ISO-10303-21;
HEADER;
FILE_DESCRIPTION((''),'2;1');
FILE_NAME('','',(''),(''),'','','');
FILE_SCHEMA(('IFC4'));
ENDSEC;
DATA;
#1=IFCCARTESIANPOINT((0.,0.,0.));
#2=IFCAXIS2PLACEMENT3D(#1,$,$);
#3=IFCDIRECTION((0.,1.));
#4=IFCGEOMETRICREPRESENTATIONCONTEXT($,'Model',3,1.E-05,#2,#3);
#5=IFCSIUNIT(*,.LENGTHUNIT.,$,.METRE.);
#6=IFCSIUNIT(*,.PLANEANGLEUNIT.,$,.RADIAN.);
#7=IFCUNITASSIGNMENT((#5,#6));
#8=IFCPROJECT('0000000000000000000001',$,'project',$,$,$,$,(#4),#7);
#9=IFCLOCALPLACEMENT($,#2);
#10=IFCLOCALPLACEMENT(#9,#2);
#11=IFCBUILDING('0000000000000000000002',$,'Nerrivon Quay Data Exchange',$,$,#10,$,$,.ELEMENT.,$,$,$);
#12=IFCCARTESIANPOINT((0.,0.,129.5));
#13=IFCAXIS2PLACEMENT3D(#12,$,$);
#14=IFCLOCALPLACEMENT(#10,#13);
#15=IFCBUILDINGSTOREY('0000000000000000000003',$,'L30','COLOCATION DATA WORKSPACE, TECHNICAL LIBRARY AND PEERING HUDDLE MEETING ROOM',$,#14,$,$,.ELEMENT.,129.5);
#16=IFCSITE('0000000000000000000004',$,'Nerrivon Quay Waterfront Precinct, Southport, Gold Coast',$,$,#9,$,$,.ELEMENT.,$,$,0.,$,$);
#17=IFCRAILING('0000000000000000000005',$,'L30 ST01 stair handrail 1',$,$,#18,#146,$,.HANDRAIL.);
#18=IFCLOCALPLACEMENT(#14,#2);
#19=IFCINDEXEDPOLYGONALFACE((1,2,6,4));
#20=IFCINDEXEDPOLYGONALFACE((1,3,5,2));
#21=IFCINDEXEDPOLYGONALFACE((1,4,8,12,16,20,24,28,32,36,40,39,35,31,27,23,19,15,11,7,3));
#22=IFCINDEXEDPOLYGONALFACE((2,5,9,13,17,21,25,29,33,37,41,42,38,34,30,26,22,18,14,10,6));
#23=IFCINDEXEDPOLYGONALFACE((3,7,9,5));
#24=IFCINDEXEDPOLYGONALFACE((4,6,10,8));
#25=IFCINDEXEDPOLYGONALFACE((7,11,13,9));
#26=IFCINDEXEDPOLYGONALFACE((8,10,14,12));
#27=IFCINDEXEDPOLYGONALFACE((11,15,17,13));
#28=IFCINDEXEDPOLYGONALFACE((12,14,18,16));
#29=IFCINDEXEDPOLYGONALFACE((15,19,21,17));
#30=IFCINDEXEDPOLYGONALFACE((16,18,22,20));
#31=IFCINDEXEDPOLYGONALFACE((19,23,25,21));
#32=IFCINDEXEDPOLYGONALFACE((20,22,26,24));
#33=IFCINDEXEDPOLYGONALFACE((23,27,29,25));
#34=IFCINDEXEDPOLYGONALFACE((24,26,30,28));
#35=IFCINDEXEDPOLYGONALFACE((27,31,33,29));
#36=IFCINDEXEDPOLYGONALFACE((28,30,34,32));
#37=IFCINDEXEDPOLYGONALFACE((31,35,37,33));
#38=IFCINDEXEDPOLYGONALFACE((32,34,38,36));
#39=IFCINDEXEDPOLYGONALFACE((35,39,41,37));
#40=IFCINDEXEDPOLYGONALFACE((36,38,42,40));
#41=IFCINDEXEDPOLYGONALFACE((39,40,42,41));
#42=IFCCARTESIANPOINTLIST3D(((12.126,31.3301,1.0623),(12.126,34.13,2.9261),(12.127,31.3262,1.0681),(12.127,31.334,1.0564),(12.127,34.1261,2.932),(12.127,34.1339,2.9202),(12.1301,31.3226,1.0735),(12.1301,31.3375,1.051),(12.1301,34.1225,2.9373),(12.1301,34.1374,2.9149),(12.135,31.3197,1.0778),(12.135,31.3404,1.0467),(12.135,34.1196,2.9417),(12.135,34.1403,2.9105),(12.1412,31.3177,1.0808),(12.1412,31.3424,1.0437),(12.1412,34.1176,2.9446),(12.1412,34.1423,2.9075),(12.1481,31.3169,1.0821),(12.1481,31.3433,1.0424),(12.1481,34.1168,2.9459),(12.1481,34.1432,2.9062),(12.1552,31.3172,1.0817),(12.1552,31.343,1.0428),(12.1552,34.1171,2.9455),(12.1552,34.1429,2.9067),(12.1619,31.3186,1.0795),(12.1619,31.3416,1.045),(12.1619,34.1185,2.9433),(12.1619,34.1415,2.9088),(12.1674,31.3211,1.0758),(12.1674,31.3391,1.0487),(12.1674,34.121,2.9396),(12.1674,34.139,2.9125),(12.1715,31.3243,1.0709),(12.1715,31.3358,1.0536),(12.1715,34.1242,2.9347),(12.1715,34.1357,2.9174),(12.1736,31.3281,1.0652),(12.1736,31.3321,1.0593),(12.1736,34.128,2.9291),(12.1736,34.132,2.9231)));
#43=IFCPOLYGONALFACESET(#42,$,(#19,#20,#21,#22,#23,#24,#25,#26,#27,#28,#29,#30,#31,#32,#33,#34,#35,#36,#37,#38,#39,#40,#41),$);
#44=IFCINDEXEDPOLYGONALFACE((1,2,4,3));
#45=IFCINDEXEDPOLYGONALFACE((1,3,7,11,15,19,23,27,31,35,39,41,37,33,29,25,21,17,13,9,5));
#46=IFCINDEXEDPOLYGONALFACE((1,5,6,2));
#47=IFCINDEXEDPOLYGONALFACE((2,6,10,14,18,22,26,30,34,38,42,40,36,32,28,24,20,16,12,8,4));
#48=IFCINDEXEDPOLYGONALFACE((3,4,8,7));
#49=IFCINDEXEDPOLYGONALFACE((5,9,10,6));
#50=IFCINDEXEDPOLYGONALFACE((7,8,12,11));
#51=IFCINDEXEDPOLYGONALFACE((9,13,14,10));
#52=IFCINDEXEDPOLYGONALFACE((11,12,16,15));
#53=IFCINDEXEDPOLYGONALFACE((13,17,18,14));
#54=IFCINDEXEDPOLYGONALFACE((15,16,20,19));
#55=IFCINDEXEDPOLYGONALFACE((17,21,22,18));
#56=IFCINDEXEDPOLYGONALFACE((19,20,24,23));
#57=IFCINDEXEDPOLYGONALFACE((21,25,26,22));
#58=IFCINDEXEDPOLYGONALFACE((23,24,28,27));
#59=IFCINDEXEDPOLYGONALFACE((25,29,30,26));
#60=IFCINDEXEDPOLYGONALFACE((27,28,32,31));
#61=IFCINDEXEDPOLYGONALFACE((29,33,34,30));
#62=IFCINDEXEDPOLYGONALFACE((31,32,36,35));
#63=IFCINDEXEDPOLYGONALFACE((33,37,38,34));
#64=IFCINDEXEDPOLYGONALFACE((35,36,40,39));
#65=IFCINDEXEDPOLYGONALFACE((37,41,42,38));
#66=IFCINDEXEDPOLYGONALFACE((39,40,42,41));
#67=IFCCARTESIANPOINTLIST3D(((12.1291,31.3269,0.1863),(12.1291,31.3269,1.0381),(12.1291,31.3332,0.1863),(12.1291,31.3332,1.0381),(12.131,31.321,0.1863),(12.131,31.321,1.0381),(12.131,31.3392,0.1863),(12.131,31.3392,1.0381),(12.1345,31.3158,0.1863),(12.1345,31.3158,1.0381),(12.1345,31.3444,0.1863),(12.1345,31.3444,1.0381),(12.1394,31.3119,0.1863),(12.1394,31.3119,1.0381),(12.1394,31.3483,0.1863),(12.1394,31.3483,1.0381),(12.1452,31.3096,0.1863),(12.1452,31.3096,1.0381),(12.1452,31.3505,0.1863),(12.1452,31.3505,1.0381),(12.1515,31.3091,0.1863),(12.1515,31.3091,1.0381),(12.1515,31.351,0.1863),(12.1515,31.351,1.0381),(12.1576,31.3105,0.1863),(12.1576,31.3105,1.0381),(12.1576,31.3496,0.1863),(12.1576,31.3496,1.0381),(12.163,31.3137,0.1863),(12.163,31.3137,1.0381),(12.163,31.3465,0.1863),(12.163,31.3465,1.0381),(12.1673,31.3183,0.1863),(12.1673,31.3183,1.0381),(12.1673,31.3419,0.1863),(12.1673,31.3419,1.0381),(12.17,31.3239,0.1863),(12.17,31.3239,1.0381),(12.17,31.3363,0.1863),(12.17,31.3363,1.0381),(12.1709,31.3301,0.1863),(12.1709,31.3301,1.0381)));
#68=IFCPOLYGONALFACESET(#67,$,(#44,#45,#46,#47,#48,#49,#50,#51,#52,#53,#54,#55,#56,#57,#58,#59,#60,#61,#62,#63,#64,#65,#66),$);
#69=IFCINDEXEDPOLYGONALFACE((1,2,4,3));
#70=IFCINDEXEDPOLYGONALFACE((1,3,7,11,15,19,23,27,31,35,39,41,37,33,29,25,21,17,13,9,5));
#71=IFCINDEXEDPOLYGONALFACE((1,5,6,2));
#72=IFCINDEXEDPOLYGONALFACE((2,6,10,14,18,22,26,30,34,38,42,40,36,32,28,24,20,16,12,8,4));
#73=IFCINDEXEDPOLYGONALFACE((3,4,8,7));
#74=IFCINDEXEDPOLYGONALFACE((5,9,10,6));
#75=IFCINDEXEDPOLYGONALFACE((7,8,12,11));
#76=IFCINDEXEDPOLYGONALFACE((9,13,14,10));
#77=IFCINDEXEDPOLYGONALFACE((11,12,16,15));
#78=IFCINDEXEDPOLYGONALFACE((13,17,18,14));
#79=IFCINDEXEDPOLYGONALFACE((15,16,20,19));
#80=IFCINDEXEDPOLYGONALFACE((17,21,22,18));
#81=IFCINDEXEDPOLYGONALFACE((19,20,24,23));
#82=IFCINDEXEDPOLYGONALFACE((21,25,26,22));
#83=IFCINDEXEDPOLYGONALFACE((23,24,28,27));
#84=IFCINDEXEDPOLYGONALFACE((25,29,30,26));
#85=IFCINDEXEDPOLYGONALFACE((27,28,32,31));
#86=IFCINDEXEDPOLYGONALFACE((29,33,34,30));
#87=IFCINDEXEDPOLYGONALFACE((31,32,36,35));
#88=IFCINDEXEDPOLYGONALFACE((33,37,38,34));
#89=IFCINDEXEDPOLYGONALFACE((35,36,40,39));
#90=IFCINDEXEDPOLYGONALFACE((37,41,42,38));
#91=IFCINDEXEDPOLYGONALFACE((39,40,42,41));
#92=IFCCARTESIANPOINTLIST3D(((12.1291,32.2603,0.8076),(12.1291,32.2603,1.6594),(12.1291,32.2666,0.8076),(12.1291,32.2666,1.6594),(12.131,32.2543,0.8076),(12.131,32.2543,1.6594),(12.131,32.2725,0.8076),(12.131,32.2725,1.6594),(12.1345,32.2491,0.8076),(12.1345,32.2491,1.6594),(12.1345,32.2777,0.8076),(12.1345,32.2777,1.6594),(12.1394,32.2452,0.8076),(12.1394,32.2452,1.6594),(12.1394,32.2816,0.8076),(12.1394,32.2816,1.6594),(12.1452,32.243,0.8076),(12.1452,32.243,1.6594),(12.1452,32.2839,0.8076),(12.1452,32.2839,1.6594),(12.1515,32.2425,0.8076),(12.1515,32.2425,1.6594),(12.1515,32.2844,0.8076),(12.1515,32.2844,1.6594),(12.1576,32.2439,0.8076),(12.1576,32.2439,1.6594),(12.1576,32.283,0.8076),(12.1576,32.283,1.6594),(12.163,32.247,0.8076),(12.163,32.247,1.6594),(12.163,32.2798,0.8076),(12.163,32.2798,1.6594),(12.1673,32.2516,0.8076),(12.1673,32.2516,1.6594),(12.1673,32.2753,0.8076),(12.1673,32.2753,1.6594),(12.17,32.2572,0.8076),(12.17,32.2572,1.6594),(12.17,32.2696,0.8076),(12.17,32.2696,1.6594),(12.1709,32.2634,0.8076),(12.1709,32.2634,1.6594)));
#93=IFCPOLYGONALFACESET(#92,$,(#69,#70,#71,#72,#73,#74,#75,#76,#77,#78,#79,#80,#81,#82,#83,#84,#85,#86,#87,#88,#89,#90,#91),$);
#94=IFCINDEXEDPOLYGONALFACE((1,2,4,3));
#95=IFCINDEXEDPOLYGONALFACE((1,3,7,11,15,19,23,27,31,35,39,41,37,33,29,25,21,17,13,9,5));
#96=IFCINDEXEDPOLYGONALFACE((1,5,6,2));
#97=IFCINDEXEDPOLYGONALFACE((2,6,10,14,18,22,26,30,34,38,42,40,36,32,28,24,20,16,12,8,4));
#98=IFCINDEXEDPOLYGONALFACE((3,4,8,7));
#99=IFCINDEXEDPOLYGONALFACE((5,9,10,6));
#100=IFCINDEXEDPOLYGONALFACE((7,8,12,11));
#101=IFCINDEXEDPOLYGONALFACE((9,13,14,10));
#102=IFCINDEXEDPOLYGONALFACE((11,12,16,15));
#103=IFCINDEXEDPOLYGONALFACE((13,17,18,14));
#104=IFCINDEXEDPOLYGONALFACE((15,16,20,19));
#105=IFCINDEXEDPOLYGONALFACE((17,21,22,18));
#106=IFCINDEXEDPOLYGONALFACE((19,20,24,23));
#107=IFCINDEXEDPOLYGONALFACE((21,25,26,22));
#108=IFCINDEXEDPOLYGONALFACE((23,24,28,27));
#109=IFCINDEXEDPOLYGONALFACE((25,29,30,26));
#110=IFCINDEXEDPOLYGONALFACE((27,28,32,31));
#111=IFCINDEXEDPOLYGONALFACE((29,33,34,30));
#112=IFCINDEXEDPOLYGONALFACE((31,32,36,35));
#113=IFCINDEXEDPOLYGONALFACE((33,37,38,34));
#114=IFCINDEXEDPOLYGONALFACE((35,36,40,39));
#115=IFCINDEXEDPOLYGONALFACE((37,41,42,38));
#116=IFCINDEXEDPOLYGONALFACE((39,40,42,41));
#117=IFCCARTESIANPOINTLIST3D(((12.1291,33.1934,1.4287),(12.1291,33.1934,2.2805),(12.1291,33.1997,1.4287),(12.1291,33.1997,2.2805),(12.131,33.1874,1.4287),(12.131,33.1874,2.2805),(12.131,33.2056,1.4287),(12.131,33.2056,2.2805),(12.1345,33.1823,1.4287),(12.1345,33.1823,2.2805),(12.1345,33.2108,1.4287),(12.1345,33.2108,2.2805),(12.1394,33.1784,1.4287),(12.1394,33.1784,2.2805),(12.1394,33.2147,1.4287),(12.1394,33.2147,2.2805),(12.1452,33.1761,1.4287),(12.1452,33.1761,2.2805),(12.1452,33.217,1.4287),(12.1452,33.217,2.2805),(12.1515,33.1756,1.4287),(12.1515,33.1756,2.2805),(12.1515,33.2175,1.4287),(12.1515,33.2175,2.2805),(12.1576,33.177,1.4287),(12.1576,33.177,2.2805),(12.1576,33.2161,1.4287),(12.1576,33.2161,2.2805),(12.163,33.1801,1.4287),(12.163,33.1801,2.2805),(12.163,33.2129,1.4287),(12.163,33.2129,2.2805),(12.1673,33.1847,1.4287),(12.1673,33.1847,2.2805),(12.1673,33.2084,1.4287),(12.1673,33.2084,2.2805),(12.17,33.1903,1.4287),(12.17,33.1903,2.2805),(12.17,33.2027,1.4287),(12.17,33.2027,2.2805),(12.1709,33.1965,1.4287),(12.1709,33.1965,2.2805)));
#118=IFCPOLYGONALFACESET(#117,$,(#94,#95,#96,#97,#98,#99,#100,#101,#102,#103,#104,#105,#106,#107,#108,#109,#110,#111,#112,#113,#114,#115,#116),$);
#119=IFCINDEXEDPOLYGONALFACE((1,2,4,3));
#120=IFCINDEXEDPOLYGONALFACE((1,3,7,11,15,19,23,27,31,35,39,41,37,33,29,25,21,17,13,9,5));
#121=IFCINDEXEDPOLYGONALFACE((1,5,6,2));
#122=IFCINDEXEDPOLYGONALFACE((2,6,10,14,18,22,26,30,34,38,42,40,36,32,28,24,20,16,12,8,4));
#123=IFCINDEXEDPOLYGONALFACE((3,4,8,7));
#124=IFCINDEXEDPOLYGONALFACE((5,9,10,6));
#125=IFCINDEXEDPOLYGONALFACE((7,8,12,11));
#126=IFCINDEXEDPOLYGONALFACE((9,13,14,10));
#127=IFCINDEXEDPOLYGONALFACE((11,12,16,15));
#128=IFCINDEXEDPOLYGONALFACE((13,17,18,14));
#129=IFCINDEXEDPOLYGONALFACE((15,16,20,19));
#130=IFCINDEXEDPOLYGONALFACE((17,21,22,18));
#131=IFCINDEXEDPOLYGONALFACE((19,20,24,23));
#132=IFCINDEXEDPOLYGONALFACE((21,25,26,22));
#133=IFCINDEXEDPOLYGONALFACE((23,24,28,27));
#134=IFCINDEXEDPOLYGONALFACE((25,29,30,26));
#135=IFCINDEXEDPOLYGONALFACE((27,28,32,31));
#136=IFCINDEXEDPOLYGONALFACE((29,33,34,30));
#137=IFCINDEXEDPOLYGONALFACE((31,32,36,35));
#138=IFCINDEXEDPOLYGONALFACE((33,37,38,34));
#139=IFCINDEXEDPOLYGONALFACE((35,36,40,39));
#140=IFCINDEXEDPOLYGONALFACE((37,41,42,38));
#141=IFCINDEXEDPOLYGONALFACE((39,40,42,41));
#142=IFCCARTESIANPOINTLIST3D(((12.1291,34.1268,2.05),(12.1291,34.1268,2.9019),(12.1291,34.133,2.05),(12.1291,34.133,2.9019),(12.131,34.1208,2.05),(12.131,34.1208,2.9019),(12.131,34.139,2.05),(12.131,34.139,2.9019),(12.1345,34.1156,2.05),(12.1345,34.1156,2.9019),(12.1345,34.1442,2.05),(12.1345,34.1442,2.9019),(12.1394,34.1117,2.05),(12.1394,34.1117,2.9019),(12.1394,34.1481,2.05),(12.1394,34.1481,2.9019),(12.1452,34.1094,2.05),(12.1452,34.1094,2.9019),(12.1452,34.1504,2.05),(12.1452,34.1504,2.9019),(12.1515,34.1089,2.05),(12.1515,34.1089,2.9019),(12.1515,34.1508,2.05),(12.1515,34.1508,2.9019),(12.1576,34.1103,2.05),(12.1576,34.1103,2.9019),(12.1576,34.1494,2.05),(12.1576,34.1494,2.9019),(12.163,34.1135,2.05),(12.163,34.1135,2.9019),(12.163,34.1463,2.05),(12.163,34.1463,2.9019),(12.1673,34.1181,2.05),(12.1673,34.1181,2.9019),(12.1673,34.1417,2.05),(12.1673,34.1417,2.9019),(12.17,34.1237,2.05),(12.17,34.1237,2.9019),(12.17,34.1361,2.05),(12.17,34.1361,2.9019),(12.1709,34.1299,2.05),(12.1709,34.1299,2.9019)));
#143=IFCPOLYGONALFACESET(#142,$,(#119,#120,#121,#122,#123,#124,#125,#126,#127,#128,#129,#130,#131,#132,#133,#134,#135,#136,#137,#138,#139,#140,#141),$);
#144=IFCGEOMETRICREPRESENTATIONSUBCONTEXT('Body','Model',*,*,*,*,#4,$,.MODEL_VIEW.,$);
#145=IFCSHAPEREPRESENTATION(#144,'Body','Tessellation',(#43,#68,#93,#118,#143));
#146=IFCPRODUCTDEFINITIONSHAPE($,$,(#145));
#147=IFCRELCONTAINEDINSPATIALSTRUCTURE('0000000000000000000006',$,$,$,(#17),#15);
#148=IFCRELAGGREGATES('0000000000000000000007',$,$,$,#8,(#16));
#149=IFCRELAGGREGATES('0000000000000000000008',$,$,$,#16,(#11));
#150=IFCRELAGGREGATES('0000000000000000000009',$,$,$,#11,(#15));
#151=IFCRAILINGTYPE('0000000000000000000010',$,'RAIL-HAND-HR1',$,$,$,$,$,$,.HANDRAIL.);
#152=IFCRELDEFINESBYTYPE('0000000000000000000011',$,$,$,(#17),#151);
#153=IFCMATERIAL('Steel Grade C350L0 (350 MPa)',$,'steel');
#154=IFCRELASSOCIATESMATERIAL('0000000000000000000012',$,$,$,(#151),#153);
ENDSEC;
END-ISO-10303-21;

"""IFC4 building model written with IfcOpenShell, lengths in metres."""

from ifc_helpers import new_model, si_unit, direction, frame, origin, origin_2d, place, context, subcontext, project, spatial, circle, extrude, material, type_object, element, save


model = new_model("IFC4")

# Units and contexts
model_context = context("Model", 3, precision=1e-05, world=origin(), true_north=direction((0.0, 1.0)))
body_context = subcontext(model_context, "Body", "Model", "MODEL_VIEW")
ifc_project = project(units=[si_unit("LENGTHUNIT", "METRE"), si_unit("PLANEANGLEUNIT", "RADIAN")], contexts=[model_context])

# Site, building, storey
site_placement = place(None, origin())
site = spatial("IfcSite", under=ifc_project, at=site_placement, Name="Nerrivon Quay Waterfront Precinct, Southport, Gold Coast", CompositionType="ELEMENT", RefElevation=0.0)
building_placement = place(site_placement, origin())
building = spatial("IfcBuilding", under=site, at=building_placement, Name="Nerrivon Quay Data Exchange", CompositionType="ELEMENT")
storey_placement = place(building_placement, frame((0.0, 0.0, 129.5)))
storey = spatial("IfcBuildingStorey", under=building, at=storey_placement, Name="L30", Description="COLOCATION DATA WORKSPACE, TECHNICAL LIBRARY AND PEERING HUDDLE MEETING ROOM", CompositionType="ELEMENT", Elevation=129.5)

# Railing
ifc_material_1 = material(Name="Steel Grade C350L0 (350 MPa)", Category="steel")
railing_type_1 = type_object("IfcRailingType", Name="RAIL-HAND-HR1", PredefinedType="HANDRAIL", material=ifc_material_1)
railing_1_placement = place(storey_placement, frame((12.1499, 31.3301, 0.1863)))
element("IfcRailing", 1, at=railing_1_placement, inside=storey, type_object=railing_type_1, Name="L30 ST01 stair handrail 1", PredefinedType="HANDRAIL", context=body_context, shape_type="SweptSolid", body=[
    extrude(circle(Radius=0.0239, at=origin_2d()), frame((0.0, 0.0, 0.876), z_axis=(0.0, 0.83243, 0.554131), x_axis=(-1.0, 0.0, 0.0)), (0.0, 0.0, 1.0), 3.3635),
    extrude(circle(Radius=0.021, at=origin_2d()), origin(), (0.0, 0.0, 1.0), 0.8518),
    extrude(circle(Radius=0.021, at=origin_2d()), frame((0.0, 0.9333, 0.6213)), (0.0, 0.0, 1.0), 0.8518),
    extrude(circle(Radius=0.021, at=origin_2d()), frame((0.0, 1.8665, 1.2424)), (0.0, 0.0, 1.0), 0.8518),
    extrude(circle(Radius=0.021, at=origin_2d()), frame((0.0, 2.7998, 1.8638)), (0.0, 0.0, 1.0), 0.8518),
])

save(model, "model.ifc")
